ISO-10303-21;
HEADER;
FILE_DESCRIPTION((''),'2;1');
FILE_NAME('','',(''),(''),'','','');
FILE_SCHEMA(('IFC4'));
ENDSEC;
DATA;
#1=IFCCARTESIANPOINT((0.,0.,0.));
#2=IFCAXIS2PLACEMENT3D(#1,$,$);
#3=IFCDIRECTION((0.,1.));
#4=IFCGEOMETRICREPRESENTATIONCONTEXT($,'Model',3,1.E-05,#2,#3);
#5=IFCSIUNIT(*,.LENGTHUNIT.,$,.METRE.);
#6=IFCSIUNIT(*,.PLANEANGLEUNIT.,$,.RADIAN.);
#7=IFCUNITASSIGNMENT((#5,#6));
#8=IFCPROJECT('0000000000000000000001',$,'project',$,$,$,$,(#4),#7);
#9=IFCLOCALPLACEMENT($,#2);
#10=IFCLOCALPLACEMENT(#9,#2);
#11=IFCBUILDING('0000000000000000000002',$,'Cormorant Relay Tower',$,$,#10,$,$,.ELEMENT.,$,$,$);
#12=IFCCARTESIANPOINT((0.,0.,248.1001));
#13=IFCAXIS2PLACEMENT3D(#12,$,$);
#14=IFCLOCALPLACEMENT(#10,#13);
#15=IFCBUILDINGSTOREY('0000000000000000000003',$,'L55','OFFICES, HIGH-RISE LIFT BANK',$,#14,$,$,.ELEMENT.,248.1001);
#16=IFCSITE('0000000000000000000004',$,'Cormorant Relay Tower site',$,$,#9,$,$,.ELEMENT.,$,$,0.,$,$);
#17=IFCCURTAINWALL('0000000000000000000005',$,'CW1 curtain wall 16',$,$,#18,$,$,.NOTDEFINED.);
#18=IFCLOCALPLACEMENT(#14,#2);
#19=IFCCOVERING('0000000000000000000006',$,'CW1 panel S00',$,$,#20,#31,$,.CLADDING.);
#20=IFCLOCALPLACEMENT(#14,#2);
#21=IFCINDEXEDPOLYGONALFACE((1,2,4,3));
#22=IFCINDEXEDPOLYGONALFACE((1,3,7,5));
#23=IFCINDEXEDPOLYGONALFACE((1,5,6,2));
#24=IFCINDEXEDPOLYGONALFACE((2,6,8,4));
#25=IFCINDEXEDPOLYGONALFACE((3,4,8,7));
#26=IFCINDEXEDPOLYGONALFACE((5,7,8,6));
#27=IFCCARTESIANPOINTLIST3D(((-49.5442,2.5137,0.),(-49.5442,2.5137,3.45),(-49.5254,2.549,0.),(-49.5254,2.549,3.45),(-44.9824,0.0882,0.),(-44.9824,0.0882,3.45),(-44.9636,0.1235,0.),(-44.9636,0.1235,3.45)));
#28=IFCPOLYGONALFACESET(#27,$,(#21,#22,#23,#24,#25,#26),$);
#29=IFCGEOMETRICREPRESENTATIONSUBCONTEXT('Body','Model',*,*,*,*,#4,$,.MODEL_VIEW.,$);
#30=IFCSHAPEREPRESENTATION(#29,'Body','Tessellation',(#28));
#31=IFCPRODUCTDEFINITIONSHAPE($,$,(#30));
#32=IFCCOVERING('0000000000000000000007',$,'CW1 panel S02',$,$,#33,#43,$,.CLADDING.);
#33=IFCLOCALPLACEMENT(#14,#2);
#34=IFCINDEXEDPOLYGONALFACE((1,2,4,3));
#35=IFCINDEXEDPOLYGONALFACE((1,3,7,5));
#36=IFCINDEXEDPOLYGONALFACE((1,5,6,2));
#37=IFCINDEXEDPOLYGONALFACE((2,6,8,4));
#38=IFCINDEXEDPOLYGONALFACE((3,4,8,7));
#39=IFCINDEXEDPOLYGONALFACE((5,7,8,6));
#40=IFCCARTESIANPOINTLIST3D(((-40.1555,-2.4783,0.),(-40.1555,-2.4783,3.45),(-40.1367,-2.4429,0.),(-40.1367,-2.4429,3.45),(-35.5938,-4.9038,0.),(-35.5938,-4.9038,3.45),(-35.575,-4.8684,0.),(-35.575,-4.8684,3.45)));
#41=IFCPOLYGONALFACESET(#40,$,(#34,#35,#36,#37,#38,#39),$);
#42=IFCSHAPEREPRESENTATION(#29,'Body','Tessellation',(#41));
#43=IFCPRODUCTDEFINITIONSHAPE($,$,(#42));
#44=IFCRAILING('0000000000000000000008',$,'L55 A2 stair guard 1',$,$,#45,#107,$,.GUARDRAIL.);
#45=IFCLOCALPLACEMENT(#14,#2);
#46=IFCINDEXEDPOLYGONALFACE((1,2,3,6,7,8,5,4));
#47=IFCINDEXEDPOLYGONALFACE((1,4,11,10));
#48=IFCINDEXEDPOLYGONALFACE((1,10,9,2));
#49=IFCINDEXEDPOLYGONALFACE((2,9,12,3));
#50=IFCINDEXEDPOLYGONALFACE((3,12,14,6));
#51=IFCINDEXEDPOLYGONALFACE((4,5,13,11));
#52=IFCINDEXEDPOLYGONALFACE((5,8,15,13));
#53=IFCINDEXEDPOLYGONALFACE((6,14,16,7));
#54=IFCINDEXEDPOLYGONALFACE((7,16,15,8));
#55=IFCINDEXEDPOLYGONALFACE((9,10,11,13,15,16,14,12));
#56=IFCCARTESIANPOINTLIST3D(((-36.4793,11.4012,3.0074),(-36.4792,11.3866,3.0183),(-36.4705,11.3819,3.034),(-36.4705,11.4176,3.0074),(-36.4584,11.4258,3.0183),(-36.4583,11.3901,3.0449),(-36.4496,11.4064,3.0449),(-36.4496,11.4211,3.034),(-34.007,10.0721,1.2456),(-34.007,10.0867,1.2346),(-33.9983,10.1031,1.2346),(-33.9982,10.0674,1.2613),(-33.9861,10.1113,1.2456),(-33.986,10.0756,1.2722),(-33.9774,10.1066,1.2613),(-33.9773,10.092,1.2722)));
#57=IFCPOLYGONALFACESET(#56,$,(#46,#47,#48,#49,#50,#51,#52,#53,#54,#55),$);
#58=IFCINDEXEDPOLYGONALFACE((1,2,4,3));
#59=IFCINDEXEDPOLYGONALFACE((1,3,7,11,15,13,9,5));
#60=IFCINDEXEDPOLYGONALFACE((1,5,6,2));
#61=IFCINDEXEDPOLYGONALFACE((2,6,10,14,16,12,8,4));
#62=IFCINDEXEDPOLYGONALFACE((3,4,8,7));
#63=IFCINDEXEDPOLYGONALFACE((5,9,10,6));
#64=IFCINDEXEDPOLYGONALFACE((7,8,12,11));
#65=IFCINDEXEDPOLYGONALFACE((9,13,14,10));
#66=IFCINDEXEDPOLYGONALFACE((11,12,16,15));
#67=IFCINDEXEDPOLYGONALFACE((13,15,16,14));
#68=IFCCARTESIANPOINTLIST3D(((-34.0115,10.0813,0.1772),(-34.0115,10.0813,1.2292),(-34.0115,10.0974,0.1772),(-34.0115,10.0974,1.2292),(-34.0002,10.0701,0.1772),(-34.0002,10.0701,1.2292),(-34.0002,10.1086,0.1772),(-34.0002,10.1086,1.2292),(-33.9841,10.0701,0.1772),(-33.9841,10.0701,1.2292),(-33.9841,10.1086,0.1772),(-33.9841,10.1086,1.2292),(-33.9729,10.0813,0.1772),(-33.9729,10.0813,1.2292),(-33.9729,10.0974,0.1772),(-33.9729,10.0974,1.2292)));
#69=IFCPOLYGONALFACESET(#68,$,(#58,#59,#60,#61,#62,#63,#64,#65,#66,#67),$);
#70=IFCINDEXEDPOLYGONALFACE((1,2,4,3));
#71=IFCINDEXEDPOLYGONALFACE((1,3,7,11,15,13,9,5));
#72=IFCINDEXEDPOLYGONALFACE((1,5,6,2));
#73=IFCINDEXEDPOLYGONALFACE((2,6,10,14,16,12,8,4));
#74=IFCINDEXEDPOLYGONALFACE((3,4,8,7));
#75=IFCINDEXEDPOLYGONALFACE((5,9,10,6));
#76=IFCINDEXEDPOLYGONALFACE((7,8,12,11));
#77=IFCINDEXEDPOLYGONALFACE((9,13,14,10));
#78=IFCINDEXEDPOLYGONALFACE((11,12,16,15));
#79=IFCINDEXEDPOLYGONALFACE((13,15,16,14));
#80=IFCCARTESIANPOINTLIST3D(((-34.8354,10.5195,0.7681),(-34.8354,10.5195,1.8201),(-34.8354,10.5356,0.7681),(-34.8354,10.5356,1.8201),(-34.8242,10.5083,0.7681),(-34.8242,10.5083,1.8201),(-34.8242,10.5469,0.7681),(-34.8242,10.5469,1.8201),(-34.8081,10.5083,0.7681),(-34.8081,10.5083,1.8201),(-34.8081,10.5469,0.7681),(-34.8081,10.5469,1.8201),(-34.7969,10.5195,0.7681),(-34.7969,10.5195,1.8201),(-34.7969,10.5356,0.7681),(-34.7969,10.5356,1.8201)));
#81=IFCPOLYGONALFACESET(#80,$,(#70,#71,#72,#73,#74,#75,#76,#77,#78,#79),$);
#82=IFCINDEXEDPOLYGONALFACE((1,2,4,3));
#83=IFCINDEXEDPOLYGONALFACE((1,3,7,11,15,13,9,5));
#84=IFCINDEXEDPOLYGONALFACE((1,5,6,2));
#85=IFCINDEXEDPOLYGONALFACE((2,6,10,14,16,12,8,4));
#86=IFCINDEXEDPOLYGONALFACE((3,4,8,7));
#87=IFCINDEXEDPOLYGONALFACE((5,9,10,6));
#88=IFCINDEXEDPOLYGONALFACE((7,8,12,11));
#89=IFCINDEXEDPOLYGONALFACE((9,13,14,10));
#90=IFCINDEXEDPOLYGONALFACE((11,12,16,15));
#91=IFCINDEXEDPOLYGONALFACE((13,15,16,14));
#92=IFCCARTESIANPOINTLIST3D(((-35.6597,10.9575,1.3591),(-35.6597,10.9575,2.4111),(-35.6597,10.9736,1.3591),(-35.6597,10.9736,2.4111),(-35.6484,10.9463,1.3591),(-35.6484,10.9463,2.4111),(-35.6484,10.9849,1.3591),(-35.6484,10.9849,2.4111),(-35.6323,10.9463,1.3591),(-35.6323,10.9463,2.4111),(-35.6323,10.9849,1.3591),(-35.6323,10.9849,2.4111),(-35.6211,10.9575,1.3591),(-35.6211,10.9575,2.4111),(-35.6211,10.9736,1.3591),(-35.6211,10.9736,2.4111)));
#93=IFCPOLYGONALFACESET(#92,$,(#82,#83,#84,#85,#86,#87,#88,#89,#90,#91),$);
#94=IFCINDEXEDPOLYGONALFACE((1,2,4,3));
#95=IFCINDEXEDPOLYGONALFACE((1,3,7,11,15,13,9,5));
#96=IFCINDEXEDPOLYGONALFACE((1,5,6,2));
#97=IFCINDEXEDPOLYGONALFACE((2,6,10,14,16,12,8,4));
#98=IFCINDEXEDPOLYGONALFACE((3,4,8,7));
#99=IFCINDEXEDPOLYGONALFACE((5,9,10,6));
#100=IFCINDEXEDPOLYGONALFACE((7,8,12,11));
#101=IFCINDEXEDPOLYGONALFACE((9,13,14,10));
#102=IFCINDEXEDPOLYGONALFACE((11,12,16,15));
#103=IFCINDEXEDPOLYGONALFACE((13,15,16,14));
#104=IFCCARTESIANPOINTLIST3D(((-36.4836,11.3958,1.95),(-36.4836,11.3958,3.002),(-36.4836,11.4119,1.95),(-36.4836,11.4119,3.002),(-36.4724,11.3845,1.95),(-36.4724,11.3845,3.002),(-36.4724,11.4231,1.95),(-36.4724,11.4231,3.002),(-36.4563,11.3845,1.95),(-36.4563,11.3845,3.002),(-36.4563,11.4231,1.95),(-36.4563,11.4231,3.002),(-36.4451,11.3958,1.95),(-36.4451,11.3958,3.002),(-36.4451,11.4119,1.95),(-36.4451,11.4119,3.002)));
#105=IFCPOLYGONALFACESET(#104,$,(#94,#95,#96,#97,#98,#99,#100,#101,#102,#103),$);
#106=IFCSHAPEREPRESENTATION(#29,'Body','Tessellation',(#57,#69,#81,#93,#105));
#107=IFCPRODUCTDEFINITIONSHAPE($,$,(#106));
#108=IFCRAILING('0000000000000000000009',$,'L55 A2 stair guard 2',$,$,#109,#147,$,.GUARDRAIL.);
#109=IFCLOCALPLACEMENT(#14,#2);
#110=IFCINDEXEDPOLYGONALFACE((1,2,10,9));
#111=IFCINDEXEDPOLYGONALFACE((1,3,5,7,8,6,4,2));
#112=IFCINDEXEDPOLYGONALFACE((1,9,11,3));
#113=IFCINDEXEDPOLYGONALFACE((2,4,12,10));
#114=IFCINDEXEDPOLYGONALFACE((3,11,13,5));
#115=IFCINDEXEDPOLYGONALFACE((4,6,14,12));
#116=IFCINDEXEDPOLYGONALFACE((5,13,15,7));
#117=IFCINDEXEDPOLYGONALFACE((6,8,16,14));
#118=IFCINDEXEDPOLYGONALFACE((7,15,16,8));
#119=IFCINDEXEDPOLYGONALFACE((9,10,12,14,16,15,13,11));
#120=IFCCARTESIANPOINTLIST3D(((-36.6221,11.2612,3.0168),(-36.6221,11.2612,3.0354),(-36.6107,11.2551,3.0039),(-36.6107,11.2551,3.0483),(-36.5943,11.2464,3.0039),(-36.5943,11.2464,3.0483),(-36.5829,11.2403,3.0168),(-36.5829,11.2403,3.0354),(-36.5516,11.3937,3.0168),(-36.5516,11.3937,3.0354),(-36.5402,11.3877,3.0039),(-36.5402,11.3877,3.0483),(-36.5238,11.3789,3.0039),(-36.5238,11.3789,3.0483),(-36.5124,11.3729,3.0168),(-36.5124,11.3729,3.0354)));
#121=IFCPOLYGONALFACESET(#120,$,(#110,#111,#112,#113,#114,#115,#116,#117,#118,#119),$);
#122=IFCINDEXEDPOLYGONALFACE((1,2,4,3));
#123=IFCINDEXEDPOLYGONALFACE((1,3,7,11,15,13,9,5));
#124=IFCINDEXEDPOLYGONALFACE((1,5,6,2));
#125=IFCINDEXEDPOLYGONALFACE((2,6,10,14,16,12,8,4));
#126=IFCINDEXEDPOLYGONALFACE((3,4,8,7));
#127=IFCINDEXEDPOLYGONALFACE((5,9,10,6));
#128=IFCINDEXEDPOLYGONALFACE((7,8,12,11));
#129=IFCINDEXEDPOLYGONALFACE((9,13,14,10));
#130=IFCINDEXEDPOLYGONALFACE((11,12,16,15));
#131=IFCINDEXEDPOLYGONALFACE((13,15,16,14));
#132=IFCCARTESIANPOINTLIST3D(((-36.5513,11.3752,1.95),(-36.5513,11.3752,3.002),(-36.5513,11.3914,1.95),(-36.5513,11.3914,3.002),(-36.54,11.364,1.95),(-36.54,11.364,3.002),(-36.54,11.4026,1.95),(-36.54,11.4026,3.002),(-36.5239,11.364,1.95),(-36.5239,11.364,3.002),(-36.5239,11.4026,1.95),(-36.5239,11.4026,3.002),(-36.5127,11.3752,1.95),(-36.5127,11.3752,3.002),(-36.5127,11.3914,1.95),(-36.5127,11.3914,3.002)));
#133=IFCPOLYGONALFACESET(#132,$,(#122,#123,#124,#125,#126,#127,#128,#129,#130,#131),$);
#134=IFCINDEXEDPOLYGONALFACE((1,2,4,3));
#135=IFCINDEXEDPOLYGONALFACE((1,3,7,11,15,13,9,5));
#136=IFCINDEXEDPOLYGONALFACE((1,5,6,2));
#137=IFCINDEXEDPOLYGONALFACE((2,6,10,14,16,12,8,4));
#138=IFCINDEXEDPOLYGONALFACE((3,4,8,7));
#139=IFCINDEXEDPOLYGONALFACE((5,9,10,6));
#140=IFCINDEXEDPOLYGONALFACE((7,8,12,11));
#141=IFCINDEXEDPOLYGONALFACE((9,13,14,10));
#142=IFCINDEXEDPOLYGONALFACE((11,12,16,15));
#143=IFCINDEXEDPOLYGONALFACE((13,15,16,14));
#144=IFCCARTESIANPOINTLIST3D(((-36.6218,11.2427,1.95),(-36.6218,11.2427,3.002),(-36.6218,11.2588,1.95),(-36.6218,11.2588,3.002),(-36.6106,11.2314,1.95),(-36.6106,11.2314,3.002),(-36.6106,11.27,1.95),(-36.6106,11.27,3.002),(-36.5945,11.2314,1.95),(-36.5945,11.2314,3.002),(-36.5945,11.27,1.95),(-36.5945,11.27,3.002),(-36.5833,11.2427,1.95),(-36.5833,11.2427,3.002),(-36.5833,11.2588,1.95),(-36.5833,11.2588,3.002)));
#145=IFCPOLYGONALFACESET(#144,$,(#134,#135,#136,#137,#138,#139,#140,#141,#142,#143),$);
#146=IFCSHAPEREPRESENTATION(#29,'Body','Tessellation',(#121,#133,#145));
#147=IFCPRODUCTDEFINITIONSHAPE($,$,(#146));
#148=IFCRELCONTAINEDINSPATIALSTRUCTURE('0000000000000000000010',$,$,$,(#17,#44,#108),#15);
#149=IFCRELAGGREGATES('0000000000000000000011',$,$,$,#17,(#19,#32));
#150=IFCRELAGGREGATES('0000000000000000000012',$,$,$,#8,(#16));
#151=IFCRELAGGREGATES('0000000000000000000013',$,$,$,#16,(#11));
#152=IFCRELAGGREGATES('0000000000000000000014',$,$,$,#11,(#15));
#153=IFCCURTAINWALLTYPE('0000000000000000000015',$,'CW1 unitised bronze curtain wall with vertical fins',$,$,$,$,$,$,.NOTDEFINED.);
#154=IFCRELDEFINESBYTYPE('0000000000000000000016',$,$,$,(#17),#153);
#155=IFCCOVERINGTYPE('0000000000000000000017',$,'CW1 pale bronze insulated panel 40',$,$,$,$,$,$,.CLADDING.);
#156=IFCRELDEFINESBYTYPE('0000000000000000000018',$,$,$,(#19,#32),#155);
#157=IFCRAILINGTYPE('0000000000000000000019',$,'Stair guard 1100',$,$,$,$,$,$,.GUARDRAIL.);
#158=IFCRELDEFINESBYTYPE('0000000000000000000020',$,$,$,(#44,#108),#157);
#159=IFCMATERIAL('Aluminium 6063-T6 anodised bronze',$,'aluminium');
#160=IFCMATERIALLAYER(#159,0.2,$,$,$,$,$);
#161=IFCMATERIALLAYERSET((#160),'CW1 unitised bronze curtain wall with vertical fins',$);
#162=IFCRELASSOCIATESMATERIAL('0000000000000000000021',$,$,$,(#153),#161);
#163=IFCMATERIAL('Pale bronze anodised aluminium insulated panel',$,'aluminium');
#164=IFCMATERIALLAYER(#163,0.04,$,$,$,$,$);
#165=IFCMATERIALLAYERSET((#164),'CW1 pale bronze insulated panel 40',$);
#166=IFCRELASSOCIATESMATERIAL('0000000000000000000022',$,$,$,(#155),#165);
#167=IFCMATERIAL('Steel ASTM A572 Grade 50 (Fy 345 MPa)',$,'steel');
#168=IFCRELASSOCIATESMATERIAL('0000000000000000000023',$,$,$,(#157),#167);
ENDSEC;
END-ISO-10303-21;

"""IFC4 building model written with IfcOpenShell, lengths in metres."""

from ifc_helpers import new_model, si_unit, direction, frame, origin, origin_2d, place, context, subcontext, project, spatial, polyline, rectangle, outline, extrude, material, layer, layer_set, type_object, element, aggregate, save


model = new_model("IFC4")

# Units and contexts
model_context = context("Model", 3, precision=1e-05, world=origin(), true_north=direction((0.0, 1.0)))
body_context = subcontext(model_context, "Body", "Model", "MODEL_VIEW")
ifc_project = project(units=[si_unit("LENGTHUNIT", "METRE"), si_unit("PLANEANGLEUNIT", "RADIAN")], contexts=[model_context])

# Site, building, storey
site_placement = place(None, origin())
site = spatial("IfcSite", under=ifc_project, at=site_placement, Name="Cormorant Relay Tower site", CompositionType="ELEMENT", RefElevation=0.0)
building_placement = place(site_placement, origin())
building = spatial("IfcBuilding", under=site, at=building_placement, Name="Cormorant Relay Tower", CompositionType="ELEMENT")
storey_placement = place(building_placement, frame((0.0, 0.0, 248.1001)))
storey = spatial("IfcBuildingStorey", under=building, at=storey_placement, Name="L55", Description="OFFICES, HIGH-RISE LIFT BANK", CompositionType="ELEMENT", Elevation=248.1001)

# Curtain wall
ifc_material_1 = material(Name="Aluminium 6063-T6 anodised bronze", Category="aluminium")
ifc_layer_1 = layer(ifc_material_1, 0.2)
ifc_layer_set_1 = layer_set([ifc_layer_1], Name="CW1 unitised bronze curtain wall with vertical fins")
curtain_wall_type = type_object("IfcCurtainWallType", Name="CW1 unitised bronze curtain wall with vertical fins", PredefinedType="NOTDEFINED", material=ifc_layer_set_1)
curtain_wall_placement = place(storey_placement, origin())
curtain_wall = element("IfcCurtainWall", 1, at=curtain_wall_placement, inside=storey, type_object=curtain_wall_type, Name="CW1 curtain wall 16", PredefinedType="NOTDEFINED")

# Coverings
ifc_material_2 = material(Name="Pale bronze anodised aluminium insulated panel", Category="aluminium")
ifc_layer_2 = layer(ifc_material_2, 0.04)
ifc_layer_set_2 = layer_set([ifc_layer_2], Name="CW1 pale bronze insulated panel 40")
covering_type = type_object("IfcCoveringType", Name="CW1 pale bronze insulated panel 40", PredefinedType="CLADDING", material=ifc_layer_set_2)
covering_1_placement = place(storey_placement, frame((-47.2539, 1.3186, 0.0), z_axis=(0.0, 0.0, 1.0), x_axis=(0.882948, -0.469472, 0.0)))
covering_1 = element("IfcCovering", 2, at=covering_1_placement, type_object=covering_type, Name="CW1 panel S00", PredefinedType="CLADDING", context=body_context, shape_type="SweptSolid", body=[
    extrude(rectangle(XDim=5.1665, YDim=0.04, at=origin_2d()), origin(), (0.0, 0.0, 1.0), 3.45),
])
covering_2_placement = place(storey_placement, frame((-37.8652, -3.6733, 0.0), z_axis=(0.0, 0.0, 1.0), x_axis=(0.882948, -0.469472, 0.0)))
covering_2 = element("IfcCovering", 3, at=covering_2_placement, type_object=covering_type, Name="CW1 panel S02", PredefinedType="CLADDING", context=body_context, shape_type="SweptSolid", body=[
    extrude(rectangle(XDim=5.1665, YDim=0.04, at=origin_2d()), origin(), (0.0, 0.0, 1.0), 3.45),
])
aggregate(curtain_wall, [covering_1, covering_2])

# Railings
ifc_material_3 = material(Name="Steel ASTM A572 Grade 50 (Fy 345 MPa)", Category="steel")
railing_type_1 = type_object("IfcRailingType", Name="Stair guard 1100", PredefinedType="GUARDRAIL", material=ifc_material_3)
railing_1_placement = place(storey_placement, frame((-33.9922, 10.0894, 0.1772)))
element("IfcRailing", 4, at=railing_1_placement, inside=storey, type_object=railing_type_1, Name="L55 A2 stair guard 1", PredefinedType="GUARDRAIL", context=body_context, shape_type="SweptSolid", body=[
    extrude(outline(polyline([(0.0222, 0.0093), (0.0093, 0.0222), (-0.0093, 0.0222), (-0.0222, 0.0093), (-0.0222, -0.0093), (-0.0093, -0.0222), (0.0093, -0.0222), (0.0222, -0.0093), (0.0222, 0.0093)])), frame((0.0, 0.0, 1.0762), z_axis=(-0.746001, 0.396649, 0.534931), x_axis=(-0.469465, -0.882951, 0.0)), (0.0, 0.0, 1.0), 3.314),
    extrude(outline(polyline([(0.0193, 0.0081), (0.0081, 0.0193), (-0.0081, 0.0193), (-0.0193, 0.0081), (-0.0193, -0.0081), (-0.0081, -0.0193), (0.0081, -0.0193), (0.0193, -0.0081), (0.0193, 0.0081)])), origin(), (0.0, 0.0, 1.0), 1.052),
    extrude(outline(polyline([(0.0193, 0.0081), (0.0081, 0.0193), (-0.0081, 0.0193), (-0.0193, 0.0081), (-0.0193, -0.0081), (-0.0081, -0.0193), (0.0081, -0.0193), (0.0193, -0.0081), (0.0193, 0.0081)])), frame((-0.824, 0.4382, 0.5908)), (0.0, 0.0, 1.0), 1.052),
    extrude(outline(polyline([(0.0193, 0.0081), (0.0081, 0.0193), (-0.0081, 0.0193), (-0.0193, 0.0081), (-0.0193, -0.0081), (-0.0081, -0.0193), (0.0081, -0.0193), (0.0193, -0.0081), (0.0193, 0.0081)])), frame((-1.6482, 0.8762, 1.1819)), (0.0, 0.0, 1.0), 1.052),
    extrude(outline(polyline([(0.0193, 0.0081), (0.0081, 0.0193), (-0.0081, 0.0193), (-0.0193, 0.0081), (-0.0193, -0.0081), (-0.0081, -0.0193), (0.0081, -0.0193), (0.0193, -0.0081), (0.0193, 0.0081)])), frame((-2.4722, 1.3145, 1.7727)), (0.0, 0.0, 1.0), 1.052),
])
railing_2_placement = place(storey_placement, frame((-36.532, 11.3833, 1.95)))
element("IfcRailing", 5, at=railing_2_placement, inside=storey, type_object=railing_type_1, Name="L55 A2 stair guard 2", PredefinedType="GUARDRAIL", context=body_context, shape_type="SweptSolid", body=[
    extrude(outline(polyline([(0.0222, 0.0093), (0.0093, 0.0222), (-0.0093, 0.0222), (-0.0222, 0.0093), (-0.0222, -0.0093), (-0.0093, -0.0222), (0.0093, -0.0222), (0.0222, -0.0093), (0.0222, 0.0093)])), frame((0.0, 0.0, 1.0762), z_axis=(-0.469829, -0.882758, 0.0), x_axis=(0.882758, -0.469829, 0.0)), (0.0, 0.0, 1.0), 0.1501),
    extrude(outline(polyline([(0.0193, 0.0081), (0.0081, 0.0193), (-0.0081, 0.0193), (-0.0193, 0.0081), (-0.0193, -0.0081), (-0.0081, -0.0193), (0.0081, -0.0193), (0.0193, -0.0081), (0.0193, 0.0081)])), origin(), (0.0, 0.0, 1.0), 1.052),
    extrude(outline(polyline([(0.0193, 0.0081), (0.0081, 0.0193), (-0.0081, 0.0193), (-0.0193, 0.0081), (-0.0193, -0.0081), (-0.0081, -0.0193), (0.0081, -0.0193), (0.0193, -0.0081), (0.0193, 0.0081)])), frame((-0.0706, -0.1326, 0.0)), (0.0, 0.0, 1.0), 1.052),
])

save(model, "model.ifc")
